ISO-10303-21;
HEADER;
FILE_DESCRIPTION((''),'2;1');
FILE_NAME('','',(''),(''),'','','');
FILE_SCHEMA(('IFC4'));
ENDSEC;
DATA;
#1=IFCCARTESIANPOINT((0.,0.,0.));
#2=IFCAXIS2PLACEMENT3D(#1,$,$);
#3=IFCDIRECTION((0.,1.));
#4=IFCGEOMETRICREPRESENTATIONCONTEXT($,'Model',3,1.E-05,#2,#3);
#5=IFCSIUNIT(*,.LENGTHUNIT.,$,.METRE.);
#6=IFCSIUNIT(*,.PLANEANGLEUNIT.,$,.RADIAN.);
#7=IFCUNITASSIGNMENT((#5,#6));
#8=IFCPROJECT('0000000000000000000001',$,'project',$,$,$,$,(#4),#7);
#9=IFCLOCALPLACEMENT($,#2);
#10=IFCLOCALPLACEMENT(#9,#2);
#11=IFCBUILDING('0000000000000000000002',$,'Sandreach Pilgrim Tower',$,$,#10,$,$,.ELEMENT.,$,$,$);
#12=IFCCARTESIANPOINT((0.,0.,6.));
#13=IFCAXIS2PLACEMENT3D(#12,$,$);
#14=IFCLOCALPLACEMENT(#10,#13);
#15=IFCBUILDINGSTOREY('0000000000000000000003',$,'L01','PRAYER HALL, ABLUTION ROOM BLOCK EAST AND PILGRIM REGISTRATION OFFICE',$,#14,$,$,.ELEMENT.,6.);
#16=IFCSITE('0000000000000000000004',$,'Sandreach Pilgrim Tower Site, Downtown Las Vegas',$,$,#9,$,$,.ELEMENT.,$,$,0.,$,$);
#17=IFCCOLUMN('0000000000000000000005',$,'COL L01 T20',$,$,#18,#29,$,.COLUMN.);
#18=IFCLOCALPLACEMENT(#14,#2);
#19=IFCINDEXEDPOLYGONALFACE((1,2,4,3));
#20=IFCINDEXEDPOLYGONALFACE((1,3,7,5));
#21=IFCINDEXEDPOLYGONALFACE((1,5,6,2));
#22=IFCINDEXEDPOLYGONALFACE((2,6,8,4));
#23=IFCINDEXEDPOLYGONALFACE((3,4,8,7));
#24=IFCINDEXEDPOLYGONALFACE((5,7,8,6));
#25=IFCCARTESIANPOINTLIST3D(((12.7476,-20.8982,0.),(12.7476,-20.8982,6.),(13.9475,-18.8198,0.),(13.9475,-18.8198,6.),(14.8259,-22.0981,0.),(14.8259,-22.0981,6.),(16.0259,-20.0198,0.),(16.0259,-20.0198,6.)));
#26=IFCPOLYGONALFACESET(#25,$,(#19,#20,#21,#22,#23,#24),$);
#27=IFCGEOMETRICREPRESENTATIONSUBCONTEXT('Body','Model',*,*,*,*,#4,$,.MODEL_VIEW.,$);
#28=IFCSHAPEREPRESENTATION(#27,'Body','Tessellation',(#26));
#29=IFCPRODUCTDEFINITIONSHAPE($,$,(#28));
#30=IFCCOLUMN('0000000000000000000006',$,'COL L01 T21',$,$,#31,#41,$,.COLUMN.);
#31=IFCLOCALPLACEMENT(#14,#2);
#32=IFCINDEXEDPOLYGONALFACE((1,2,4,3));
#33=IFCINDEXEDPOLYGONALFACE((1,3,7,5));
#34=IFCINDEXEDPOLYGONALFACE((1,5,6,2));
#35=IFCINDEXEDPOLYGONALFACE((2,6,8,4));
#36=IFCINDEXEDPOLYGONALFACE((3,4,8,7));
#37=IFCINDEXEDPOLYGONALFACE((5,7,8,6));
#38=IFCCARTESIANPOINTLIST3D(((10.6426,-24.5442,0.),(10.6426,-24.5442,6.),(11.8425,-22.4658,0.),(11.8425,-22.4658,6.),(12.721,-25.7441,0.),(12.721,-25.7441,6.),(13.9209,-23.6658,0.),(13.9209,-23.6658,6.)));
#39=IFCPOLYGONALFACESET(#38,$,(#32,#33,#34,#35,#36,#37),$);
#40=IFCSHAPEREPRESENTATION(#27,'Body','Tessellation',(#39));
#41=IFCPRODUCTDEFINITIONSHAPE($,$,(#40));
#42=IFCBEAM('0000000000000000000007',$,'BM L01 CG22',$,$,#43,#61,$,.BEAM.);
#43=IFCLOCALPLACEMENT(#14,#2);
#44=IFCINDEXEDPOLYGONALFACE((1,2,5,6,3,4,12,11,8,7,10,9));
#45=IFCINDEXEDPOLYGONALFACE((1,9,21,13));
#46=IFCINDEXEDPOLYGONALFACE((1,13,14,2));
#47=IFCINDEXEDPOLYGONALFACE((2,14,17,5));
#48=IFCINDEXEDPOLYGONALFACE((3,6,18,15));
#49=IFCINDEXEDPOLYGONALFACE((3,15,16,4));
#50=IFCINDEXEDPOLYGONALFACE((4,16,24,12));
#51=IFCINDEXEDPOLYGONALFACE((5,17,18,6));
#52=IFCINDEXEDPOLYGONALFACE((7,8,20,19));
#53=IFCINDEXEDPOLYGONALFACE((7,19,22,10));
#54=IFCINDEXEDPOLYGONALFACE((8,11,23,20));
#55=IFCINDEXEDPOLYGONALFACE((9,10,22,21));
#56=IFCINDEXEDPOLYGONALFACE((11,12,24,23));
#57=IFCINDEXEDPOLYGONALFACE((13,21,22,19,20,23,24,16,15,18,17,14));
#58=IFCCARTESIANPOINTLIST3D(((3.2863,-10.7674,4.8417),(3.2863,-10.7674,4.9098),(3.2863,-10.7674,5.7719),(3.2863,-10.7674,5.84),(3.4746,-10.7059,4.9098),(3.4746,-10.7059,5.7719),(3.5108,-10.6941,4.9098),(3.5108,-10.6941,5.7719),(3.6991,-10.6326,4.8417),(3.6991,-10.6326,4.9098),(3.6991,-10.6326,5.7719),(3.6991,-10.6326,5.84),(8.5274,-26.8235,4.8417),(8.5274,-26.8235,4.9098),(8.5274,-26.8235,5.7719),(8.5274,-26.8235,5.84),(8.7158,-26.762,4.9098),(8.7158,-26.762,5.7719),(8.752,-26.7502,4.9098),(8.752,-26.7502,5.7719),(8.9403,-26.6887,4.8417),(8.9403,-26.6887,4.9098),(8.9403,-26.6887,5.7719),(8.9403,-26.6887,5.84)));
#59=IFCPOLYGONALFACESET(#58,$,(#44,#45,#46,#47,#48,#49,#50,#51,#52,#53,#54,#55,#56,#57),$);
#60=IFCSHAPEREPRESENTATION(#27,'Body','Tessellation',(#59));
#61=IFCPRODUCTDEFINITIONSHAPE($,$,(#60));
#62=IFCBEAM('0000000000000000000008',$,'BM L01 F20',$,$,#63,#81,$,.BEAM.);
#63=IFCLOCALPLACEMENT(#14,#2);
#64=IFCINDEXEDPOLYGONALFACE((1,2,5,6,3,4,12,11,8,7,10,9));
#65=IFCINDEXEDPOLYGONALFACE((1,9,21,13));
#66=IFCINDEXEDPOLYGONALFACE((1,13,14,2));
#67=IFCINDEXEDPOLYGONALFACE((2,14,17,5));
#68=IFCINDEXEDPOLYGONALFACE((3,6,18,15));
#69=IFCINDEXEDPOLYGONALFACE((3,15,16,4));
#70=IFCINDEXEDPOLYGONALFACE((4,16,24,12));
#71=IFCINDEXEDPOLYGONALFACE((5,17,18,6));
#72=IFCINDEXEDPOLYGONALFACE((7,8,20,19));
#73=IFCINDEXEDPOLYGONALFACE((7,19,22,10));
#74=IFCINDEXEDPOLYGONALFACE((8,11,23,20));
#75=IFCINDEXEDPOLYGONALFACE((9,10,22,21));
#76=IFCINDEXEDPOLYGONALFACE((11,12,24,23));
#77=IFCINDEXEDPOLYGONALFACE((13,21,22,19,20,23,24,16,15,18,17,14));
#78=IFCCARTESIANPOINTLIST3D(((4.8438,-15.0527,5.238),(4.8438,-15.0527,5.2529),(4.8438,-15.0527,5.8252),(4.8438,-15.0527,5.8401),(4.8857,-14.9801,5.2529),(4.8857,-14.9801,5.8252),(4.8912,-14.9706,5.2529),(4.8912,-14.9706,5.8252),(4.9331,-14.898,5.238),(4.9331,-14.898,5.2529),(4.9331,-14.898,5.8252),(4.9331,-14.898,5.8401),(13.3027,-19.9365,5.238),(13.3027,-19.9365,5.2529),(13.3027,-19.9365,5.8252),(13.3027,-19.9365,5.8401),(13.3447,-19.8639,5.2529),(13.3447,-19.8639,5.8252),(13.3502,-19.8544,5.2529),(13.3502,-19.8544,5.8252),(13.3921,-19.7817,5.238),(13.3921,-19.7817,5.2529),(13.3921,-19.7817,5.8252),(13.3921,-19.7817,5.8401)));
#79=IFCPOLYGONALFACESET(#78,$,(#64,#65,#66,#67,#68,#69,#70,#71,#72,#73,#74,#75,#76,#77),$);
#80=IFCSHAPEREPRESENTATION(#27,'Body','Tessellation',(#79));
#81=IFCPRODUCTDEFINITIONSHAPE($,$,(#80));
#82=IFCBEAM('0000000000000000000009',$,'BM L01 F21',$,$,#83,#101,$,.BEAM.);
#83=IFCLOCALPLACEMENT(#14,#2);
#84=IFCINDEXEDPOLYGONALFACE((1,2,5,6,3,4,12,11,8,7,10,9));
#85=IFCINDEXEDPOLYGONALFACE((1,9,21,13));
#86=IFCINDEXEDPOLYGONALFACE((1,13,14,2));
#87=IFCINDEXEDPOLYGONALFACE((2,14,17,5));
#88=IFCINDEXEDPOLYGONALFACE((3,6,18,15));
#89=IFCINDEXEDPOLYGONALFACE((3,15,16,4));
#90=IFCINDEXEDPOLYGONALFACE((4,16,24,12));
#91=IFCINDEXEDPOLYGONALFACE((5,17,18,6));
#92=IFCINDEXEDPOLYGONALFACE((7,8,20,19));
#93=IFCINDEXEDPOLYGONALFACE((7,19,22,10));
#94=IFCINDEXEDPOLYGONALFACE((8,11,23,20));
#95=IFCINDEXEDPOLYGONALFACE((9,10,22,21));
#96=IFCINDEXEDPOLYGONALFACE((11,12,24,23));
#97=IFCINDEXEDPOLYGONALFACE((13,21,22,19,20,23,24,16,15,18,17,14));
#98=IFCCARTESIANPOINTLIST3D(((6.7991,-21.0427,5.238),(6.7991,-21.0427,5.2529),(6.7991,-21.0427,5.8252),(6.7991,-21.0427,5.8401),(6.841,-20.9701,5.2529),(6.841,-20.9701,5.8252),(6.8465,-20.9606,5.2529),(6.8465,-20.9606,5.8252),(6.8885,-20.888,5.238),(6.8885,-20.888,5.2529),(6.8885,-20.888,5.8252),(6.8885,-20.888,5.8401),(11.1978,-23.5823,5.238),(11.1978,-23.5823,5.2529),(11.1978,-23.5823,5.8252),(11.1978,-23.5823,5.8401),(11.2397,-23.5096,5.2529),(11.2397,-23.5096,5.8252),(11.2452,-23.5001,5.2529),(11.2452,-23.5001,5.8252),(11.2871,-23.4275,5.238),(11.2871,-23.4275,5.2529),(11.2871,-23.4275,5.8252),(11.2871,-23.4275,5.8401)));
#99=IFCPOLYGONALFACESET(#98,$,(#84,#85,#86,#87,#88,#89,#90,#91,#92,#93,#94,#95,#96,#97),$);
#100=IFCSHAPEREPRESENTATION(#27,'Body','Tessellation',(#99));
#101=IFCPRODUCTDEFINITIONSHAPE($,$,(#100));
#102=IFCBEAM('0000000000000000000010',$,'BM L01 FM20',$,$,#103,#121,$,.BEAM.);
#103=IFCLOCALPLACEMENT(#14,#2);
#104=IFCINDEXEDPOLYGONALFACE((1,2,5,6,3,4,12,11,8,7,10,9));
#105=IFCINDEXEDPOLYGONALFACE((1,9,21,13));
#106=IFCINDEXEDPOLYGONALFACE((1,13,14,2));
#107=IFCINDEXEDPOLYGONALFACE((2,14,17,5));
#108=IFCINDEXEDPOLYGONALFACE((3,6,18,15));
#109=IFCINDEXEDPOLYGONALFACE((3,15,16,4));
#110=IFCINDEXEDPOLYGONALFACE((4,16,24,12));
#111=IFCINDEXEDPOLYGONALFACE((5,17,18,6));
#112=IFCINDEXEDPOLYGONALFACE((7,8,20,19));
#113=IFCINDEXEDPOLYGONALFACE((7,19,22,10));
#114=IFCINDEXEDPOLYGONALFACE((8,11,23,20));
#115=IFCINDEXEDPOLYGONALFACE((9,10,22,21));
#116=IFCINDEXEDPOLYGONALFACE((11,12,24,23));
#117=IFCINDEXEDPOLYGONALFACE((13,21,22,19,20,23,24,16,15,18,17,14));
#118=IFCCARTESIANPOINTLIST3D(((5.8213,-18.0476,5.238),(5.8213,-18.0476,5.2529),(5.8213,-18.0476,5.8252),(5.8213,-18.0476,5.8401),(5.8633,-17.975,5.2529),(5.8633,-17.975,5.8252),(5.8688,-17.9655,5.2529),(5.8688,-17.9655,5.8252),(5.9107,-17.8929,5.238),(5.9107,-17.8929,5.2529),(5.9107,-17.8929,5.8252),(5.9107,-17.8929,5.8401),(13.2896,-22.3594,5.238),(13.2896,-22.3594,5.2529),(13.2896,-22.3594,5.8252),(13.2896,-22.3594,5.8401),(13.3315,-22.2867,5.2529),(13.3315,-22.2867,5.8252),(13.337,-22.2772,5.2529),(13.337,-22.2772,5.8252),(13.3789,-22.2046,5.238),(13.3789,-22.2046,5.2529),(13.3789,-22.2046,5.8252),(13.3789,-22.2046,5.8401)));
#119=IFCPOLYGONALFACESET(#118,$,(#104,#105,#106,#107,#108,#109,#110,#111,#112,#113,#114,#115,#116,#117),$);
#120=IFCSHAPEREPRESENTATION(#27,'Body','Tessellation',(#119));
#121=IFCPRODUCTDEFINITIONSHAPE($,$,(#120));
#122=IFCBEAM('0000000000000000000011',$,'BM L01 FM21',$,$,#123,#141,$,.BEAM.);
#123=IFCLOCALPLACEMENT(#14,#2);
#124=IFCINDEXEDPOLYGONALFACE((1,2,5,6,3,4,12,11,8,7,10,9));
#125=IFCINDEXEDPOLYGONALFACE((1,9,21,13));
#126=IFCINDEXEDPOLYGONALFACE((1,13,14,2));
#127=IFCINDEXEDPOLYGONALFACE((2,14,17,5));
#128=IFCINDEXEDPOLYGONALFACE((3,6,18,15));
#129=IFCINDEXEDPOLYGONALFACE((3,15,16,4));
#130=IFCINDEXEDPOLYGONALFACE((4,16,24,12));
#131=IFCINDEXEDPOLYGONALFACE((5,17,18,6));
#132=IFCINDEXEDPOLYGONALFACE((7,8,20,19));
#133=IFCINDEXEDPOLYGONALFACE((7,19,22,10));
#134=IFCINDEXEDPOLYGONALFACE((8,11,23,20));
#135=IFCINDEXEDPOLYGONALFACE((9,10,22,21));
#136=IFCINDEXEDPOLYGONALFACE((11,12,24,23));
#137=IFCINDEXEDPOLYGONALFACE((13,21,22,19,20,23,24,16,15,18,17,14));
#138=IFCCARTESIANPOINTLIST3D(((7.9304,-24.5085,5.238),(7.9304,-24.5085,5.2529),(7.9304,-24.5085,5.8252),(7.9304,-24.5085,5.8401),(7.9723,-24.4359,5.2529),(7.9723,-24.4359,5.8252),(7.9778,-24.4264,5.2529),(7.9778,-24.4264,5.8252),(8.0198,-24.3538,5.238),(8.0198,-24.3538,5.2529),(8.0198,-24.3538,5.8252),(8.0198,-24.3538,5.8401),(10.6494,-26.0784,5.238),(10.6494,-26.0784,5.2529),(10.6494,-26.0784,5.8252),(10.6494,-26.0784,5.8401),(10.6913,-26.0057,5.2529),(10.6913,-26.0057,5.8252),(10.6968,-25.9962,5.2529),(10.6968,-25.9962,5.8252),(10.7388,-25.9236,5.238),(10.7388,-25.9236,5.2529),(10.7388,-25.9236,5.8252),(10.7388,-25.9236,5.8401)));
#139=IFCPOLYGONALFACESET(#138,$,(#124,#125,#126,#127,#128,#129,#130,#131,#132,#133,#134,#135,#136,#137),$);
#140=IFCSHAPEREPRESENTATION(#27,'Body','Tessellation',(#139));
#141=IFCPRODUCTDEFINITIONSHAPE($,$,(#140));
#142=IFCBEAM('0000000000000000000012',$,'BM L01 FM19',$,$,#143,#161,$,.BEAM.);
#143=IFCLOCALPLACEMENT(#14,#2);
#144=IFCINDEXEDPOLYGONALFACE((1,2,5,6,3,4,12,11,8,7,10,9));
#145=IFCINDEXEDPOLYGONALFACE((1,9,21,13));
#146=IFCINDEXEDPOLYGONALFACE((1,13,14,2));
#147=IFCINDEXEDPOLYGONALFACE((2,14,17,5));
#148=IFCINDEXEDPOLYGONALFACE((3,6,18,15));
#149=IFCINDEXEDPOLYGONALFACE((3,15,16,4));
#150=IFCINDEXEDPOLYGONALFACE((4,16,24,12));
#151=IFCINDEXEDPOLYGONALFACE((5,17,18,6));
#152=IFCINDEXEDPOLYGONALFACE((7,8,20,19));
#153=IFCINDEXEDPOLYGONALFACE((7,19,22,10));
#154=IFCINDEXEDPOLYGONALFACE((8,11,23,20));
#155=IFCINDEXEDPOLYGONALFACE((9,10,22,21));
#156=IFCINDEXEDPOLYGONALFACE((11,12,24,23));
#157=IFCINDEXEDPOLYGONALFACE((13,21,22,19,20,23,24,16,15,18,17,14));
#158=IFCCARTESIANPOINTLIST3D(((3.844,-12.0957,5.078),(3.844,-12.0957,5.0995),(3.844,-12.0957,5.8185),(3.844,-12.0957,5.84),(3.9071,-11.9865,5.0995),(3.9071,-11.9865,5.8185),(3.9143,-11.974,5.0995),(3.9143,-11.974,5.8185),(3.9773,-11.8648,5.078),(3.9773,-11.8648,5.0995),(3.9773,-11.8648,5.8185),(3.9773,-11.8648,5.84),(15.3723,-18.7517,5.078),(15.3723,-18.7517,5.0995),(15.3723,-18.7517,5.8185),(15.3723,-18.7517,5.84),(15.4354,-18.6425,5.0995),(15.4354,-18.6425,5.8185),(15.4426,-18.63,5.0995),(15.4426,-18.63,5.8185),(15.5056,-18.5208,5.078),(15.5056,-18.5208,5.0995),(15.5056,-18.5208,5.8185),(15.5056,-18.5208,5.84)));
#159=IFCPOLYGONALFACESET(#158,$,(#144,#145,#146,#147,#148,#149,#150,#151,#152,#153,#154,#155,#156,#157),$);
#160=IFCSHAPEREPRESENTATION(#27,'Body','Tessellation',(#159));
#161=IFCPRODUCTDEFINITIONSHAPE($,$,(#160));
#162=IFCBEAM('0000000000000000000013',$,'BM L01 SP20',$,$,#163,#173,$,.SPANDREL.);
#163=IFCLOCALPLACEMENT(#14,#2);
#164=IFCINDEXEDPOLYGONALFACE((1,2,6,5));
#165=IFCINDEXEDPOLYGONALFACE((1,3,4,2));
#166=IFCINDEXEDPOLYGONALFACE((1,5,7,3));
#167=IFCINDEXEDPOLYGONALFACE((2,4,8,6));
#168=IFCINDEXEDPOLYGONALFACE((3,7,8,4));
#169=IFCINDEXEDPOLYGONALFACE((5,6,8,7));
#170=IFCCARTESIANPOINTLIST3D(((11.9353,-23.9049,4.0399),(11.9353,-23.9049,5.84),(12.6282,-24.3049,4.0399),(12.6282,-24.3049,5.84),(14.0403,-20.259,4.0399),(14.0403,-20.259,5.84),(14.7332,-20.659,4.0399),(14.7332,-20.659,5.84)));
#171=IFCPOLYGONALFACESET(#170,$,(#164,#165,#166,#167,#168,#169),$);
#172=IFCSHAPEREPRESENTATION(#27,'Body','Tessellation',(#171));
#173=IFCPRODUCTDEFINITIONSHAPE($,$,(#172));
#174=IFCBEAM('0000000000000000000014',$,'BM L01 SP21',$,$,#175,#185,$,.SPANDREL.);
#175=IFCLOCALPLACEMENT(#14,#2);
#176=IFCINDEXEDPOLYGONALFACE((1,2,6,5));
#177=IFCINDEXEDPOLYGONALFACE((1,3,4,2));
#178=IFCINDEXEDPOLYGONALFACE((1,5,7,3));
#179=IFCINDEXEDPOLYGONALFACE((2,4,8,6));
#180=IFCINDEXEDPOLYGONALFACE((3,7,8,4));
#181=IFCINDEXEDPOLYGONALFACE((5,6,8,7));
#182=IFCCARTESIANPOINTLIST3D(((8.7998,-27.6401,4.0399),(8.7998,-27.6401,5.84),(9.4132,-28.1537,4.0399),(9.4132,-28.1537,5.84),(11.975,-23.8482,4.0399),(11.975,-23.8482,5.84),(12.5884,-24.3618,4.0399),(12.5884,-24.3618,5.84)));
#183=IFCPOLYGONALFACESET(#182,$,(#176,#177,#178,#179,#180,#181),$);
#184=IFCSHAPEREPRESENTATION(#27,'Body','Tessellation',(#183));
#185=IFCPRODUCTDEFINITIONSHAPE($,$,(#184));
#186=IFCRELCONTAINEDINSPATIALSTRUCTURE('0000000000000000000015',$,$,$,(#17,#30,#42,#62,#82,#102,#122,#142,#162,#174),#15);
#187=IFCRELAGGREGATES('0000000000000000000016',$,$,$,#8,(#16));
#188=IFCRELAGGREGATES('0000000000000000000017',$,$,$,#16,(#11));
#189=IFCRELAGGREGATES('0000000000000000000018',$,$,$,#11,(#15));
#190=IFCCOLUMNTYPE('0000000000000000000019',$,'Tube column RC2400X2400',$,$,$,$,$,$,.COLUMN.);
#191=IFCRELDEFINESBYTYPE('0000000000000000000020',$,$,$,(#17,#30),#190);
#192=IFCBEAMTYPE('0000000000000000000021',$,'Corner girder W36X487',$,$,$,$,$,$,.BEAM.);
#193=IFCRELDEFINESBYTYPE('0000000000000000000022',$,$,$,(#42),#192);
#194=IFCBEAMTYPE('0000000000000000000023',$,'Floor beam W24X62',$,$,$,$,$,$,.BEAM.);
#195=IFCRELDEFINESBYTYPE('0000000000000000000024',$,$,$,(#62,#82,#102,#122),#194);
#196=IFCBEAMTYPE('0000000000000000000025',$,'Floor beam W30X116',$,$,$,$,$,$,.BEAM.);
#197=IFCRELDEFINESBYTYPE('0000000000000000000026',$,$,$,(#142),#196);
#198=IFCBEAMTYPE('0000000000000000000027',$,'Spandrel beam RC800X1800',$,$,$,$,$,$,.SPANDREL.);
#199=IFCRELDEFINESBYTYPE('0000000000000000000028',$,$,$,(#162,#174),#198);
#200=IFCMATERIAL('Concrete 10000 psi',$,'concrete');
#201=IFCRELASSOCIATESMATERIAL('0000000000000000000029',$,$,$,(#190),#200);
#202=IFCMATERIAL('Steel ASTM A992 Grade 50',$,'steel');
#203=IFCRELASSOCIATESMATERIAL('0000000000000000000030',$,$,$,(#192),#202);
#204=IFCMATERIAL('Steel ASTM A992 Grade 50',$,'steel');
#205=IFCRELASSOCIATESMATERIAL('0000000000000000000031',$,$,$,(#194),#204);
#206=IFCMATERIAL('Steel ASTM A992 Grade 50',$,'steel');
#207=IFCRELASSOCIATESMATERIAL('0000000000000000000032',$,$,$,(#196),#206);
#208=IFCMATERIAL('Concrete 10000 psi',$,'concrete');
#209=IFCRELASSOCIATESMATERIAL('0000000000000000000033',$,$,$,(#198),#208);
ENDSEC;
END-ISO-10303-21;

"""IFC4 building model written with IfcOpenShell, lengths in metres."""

from ifc_helpers import new_model, si_unit, direction, frame, origin, origin_2d, place, context, subcontext, project, spatial, rectangle, i_section, extrude, material, material_profile, profile_set, type_object, element, save


model = new_model("IFC4")

# Units and contexts
model_context = context("Model", 3, precision=1e-05, world=origin(), true_north=direction((0.0, 1.0)))
body_context = subcontext(model_context, "Body", "Model", "MODEL_VIEW")
ifc_project = project(units=[si_unit("LENGTHUNIT", "METRE"), si_unit("PLANEANGLEUNIT", "RADIAN")], contexts=[model_context])

# Site, building, storey
site_placement = place(None, origin())
site = spatial("IfcSite", under=ifc_project, at=site_placement, Name="Sandreach Pilgrim Tower Site, Downtown Las Vegas", CompositionType="ELEMENT", RefElevation=0.0)
building_placement = place(site_placement, origin())
building = spatial("IfcBuilding", under=site, at=building_placement, Name="Sandreach Pilgrim Tower", CompositionType="ELEMENT")
storey_placement = place(building_placement, frame((0.0, 0.0, 6.0)))
storey = spatial("IfcBuildingStorey", under=building, at=storey_placement, Name="L01", Description="PRAYER HALL, ABLUTION ROOM BLOCK EAST AND PILGRIM REGISTRATION OFFICE", CompositionType="ELEMENT", Elevation=6.0)

# Columns
ifc_material_1 = material(Name="Concrete 10000 psi", Category="concrete")
ifc_material_profile_1 = material_profile(ifc_material_1, rectangle(XDim=2.3999, YDim=2.3999, at=origin_2d()), Name="RC2400X2400")
ifc_profile_set_1 = profile_set([ifc_material_profile_1], Name="Concrete 10000 psi")
column_type = type_object("IfcColumnType", Name="Tube column RC2400X2400", PredefinedType="COLUMN", material=ifc_profile_set_1)
for number, where, z_axis, x_axis, name in (
    (1, (14.3867, -20.459, 0.0), (0.0, 0.0, 1.0), (0.866025, -0.5, 0.0), "COL L01 T20"),
    (2, (12.2817, -24.105, 0.0), (0.0, 0.0, 1.0), (0.866025, -0.5, 0.0), "COL L01 T21"),
):
    element("IfcColumn", number, at=place(storey_placement, frame(where, z_axis=z_axis, x_axis=x_axis)), inside=storey, type_object=column_type, Name=name, PredefinedType="COLUMN", context=body_context, shape_type="SweptSolid", body=[
        extrude(rectangle(XDim=2.3999, YDim=2.3999, at=origin_2d()), origin(), (0.0, 0.0, 1.0), 6.0),
    ])

# Beams
ifc_material_2 = material(Name="Steel ASTM A992 Grade 50", Category="steel")
ifc_material_profile_2 = material_profile(ifc_material_2, i_section(OverallWidth=0.4343, OverallDepth=0.9983, WebThickness=0.0381, FlangeThickness=0.0681, at=origin_2d()), Name="W36X487")
ifc_profile_set_2 = profile_set([ifc_material_profile_2], Name="Steel ASTM A992 Grade 50")
beam_type_1 = type_object("IfcBeamType", Name="Corner girder W36X487", PredefinedType="BEAM", material=ifc_profile_set_2)
beam_1_placement = place(storey_placement, frame((8.7339, -26.7561, 5.3408), z_axis=(-0.310315, 0.950634, 0.0), x_axis=(-0.950634, -0.310315, 0.0)))
element("IfcBeam", 3, at=beam_1_placement, inside=storey, type_object=beam_type_1, Name="BM L01 CG22", PredefinedType="BEAM", context=body_context, shape_type="SweptSolid", body=[
    extrude(i_section(OverallWidth=0.4343, OverallDepth=0.9983, WebThickness=0.0381, FlangeThickness=0.0681, at=origin_2d()), origin(), (0.0, 0.0, 1.0), 16.8899),
])
ifc_material_3 = material(Name="Steel ASTM A992 Grade 50", Category="steel")
ifc_material_profile_3 = material_profile(ifc_material_3, i_section(OverallWidth=0.1787, OverallDepth=0.6021, WebThickness=0.011, FlangeThickness=0.0149, at=origin_2d()), Name="W24X62")
ifc_profile_set_3 = profile_set([ifc_material_profile_3], Name="Steel ASTM A992 Grade 50")
beam_type_2 = type_object("IfcBeamType", Name="Floor beam W24X62", PredefinedType="BEAM", material=ifc_profile_set_3)
beam_2_placement = place(storey_placement, frame((13.3474, -19.8591, 5.5391), z_axis=(-0.866026, 0.499999, 0.0), x_axis=(-0.499999, -0.866026, 0.0)))
element("IfcBeam", 4, at=beam_2_placement, inside=storey, type_object=beam_type_2, Name="BM L01 F20", PredefinedType="BEAM", context=body_context, shape_type="SweptSolid", body=[
    extrude(i_section(OverallWidth=0.1787, OverallDepth=0.6021, WebThickness=0.011, FlangeThickness=0.0149, at=origin_2d()), origin(), (0.0, 0.0, 1.0), 9.7676),
])
beam_3_placement = place(storey_placement, frame((11.2424, -23.5049, 5.5391), z_axis=(-0.866028, 0.499996, 0.0), x_axis=(-0.499996, -0.866028, 0.0)))
element("IfcBeam", 5, at=beam_3_placement, inside=storey, type_object=beam_type_2, Name="BM L01 F21", PredefinedType="BEAM", context=body_context, shape_type="SweptSolid", body=[
    extrude(i_section(OverallWidth=0.1787, OverallDepth=0.6021, WebThickness=0.011, FlangeThickness=0.0149, at=origin_2d()), origin(), (0.0, 0.0, 1.0), 5.0791),
])
beam_4_placement = place(storey_placement, frame((13.3342, -22.282, 5.5391), z_axis=(-0.866027, 0.499997, 0.0), x_axis=(-0.499997, -0.866027, 0.0)))
element("IfcBeam", 6, at=beam_4_placement, inside=storey, type_object=beam_type_2, Name="BM L01 FM20", PredefinedType="BEAM", context=body_context, shape_type="SweptSolid", body=[
    extrude(i_section(OverallWidth=0.1787, OverallDepth=0.6021, WebThickness=0.011, FlangeThickness=0.0149, at=origin_2d()), origin(), (0.0, 0.0, 1.0), 8.6235),
])
beam_5_placement = place(storey_placement, frame((10.6941, -26.001, 5.5391), z_axis=(-0.866024, 0.500003, 0.0), x_axis=(-0.500003, -0.866024, 0.0)))
element("IfcBeam", 7, at=beam_5_placement, inside=storey, type_object=beam_type_2, Name="BM L01 FM21", PredefinedType="BEAM", context=body_context, shape_type="SweptSolid", body=[
    extrude(i_section(OverallWidth=0.1787, OverallDepth=0.6021, WebThickness=0.011, FlangeThickness=0.0149, at=origin_2d()), origin(), (0.0, 0.0, 1.0), 3.1396),
])
ifc_material_4 = material(Name="Steel ASTM A992 Grade 50", Category="steel")
ifc_material_profile_4 = material_profile(ifc_material_4, i_section(OverallWidth=0.2666, OverallDepth=0.762, WebThickness=0.0144, FlangeThickness=0.0215, at=origin_2d()), Name="W30X116")
ifc_profile_set_4 = profile_set([ifc_material_profile_4], Name="Steel ASTM A992 Grade 50")
beam_type_3 = type_object("IfcBeamType", Name="Floor beam W30X116", PredefinedType="BEAM", material=ifc_profile_set_4)
beam_6_placement = place(storey_placement, frame((15.439, -18.6362, 5.459), z_axis=(-0.866021, 0.500007, 0.0), x_axis=(-0.500007, -0.866021, 0.0)))
element("IfcBeam", 8, at=beam_6_placement, inside=storey, type_object=beam_type_3, Name="BM L01 FM19", PredefinedType="BEAM", context=body_context, shape_type="SweptSolid", body=[
    extrude(i_section(OverallWidth=0.2666, OverallDepth=0.762, WebThickness=0.0144, FlangeThickness=0.0215, at=origin_2d()), origin(), (0.0, 0.0, 1.0), 13.3118),
])
ifc_material_5 = material(Name="Concrete 10000 psi", Category="concrete")
ifc_material_profile_5 = material_profile(ifc_material_5, rectangle(XDim=0.8, YDim=1.8, at=origin_2d()), Name="RC800X1800")
ifc_profile_set_5 = profile_set([ifc_material_profile_5], Name="Concrete 10000 psi")
beam_type_4 = type_object("IfcBeamType", Name="Spandrel beam RC800X1800", PredefinedType="SPANDREL", material=ifc_profile_set_5)
beam_7_placement = place(storey_placement, frame((14.3867, -20.459, 4.9399), z_axis=(-0.499994, -0.866029, 0.0), x_axis=(0.866029, -0.499994, 0.0)))
element("IfcBeam", 9, at=beam_7_placement, inside=storey, type_object=beam_type_4, Name="BM L01 SP20", PredefinedType="SPANDREL", context=body_context, shape_type="SweptSolid", body=[
    extrude(rectangle(XDim=0.8, YDim=1.8, at=origin_2d()), origin(), (0.0, 0.0, 1.0), 4.21),
])
beam_8_placement = place(storey_placement, frame((12.2817, -24.105, 4.9399), z_axis=(-0.642008, -0.766698, 0.0), x_axis=(0.766698, -0.642008, 0.0)))
element("IfcBeam", 10, at=beam_8_placement, inside=storey, type_object=beam_type_4, Name="BM L01 SP21", PredefinedType="SPANDREL", context=body_context, shape_type="SweptSolid", body=[
    extrude(rectangle(XDim=0.8, YDim=1.8, at=origin_2d()), origin(), (0.0, 0.0, 1.0), 4.9458),
])

save(model, "model.ifc")
